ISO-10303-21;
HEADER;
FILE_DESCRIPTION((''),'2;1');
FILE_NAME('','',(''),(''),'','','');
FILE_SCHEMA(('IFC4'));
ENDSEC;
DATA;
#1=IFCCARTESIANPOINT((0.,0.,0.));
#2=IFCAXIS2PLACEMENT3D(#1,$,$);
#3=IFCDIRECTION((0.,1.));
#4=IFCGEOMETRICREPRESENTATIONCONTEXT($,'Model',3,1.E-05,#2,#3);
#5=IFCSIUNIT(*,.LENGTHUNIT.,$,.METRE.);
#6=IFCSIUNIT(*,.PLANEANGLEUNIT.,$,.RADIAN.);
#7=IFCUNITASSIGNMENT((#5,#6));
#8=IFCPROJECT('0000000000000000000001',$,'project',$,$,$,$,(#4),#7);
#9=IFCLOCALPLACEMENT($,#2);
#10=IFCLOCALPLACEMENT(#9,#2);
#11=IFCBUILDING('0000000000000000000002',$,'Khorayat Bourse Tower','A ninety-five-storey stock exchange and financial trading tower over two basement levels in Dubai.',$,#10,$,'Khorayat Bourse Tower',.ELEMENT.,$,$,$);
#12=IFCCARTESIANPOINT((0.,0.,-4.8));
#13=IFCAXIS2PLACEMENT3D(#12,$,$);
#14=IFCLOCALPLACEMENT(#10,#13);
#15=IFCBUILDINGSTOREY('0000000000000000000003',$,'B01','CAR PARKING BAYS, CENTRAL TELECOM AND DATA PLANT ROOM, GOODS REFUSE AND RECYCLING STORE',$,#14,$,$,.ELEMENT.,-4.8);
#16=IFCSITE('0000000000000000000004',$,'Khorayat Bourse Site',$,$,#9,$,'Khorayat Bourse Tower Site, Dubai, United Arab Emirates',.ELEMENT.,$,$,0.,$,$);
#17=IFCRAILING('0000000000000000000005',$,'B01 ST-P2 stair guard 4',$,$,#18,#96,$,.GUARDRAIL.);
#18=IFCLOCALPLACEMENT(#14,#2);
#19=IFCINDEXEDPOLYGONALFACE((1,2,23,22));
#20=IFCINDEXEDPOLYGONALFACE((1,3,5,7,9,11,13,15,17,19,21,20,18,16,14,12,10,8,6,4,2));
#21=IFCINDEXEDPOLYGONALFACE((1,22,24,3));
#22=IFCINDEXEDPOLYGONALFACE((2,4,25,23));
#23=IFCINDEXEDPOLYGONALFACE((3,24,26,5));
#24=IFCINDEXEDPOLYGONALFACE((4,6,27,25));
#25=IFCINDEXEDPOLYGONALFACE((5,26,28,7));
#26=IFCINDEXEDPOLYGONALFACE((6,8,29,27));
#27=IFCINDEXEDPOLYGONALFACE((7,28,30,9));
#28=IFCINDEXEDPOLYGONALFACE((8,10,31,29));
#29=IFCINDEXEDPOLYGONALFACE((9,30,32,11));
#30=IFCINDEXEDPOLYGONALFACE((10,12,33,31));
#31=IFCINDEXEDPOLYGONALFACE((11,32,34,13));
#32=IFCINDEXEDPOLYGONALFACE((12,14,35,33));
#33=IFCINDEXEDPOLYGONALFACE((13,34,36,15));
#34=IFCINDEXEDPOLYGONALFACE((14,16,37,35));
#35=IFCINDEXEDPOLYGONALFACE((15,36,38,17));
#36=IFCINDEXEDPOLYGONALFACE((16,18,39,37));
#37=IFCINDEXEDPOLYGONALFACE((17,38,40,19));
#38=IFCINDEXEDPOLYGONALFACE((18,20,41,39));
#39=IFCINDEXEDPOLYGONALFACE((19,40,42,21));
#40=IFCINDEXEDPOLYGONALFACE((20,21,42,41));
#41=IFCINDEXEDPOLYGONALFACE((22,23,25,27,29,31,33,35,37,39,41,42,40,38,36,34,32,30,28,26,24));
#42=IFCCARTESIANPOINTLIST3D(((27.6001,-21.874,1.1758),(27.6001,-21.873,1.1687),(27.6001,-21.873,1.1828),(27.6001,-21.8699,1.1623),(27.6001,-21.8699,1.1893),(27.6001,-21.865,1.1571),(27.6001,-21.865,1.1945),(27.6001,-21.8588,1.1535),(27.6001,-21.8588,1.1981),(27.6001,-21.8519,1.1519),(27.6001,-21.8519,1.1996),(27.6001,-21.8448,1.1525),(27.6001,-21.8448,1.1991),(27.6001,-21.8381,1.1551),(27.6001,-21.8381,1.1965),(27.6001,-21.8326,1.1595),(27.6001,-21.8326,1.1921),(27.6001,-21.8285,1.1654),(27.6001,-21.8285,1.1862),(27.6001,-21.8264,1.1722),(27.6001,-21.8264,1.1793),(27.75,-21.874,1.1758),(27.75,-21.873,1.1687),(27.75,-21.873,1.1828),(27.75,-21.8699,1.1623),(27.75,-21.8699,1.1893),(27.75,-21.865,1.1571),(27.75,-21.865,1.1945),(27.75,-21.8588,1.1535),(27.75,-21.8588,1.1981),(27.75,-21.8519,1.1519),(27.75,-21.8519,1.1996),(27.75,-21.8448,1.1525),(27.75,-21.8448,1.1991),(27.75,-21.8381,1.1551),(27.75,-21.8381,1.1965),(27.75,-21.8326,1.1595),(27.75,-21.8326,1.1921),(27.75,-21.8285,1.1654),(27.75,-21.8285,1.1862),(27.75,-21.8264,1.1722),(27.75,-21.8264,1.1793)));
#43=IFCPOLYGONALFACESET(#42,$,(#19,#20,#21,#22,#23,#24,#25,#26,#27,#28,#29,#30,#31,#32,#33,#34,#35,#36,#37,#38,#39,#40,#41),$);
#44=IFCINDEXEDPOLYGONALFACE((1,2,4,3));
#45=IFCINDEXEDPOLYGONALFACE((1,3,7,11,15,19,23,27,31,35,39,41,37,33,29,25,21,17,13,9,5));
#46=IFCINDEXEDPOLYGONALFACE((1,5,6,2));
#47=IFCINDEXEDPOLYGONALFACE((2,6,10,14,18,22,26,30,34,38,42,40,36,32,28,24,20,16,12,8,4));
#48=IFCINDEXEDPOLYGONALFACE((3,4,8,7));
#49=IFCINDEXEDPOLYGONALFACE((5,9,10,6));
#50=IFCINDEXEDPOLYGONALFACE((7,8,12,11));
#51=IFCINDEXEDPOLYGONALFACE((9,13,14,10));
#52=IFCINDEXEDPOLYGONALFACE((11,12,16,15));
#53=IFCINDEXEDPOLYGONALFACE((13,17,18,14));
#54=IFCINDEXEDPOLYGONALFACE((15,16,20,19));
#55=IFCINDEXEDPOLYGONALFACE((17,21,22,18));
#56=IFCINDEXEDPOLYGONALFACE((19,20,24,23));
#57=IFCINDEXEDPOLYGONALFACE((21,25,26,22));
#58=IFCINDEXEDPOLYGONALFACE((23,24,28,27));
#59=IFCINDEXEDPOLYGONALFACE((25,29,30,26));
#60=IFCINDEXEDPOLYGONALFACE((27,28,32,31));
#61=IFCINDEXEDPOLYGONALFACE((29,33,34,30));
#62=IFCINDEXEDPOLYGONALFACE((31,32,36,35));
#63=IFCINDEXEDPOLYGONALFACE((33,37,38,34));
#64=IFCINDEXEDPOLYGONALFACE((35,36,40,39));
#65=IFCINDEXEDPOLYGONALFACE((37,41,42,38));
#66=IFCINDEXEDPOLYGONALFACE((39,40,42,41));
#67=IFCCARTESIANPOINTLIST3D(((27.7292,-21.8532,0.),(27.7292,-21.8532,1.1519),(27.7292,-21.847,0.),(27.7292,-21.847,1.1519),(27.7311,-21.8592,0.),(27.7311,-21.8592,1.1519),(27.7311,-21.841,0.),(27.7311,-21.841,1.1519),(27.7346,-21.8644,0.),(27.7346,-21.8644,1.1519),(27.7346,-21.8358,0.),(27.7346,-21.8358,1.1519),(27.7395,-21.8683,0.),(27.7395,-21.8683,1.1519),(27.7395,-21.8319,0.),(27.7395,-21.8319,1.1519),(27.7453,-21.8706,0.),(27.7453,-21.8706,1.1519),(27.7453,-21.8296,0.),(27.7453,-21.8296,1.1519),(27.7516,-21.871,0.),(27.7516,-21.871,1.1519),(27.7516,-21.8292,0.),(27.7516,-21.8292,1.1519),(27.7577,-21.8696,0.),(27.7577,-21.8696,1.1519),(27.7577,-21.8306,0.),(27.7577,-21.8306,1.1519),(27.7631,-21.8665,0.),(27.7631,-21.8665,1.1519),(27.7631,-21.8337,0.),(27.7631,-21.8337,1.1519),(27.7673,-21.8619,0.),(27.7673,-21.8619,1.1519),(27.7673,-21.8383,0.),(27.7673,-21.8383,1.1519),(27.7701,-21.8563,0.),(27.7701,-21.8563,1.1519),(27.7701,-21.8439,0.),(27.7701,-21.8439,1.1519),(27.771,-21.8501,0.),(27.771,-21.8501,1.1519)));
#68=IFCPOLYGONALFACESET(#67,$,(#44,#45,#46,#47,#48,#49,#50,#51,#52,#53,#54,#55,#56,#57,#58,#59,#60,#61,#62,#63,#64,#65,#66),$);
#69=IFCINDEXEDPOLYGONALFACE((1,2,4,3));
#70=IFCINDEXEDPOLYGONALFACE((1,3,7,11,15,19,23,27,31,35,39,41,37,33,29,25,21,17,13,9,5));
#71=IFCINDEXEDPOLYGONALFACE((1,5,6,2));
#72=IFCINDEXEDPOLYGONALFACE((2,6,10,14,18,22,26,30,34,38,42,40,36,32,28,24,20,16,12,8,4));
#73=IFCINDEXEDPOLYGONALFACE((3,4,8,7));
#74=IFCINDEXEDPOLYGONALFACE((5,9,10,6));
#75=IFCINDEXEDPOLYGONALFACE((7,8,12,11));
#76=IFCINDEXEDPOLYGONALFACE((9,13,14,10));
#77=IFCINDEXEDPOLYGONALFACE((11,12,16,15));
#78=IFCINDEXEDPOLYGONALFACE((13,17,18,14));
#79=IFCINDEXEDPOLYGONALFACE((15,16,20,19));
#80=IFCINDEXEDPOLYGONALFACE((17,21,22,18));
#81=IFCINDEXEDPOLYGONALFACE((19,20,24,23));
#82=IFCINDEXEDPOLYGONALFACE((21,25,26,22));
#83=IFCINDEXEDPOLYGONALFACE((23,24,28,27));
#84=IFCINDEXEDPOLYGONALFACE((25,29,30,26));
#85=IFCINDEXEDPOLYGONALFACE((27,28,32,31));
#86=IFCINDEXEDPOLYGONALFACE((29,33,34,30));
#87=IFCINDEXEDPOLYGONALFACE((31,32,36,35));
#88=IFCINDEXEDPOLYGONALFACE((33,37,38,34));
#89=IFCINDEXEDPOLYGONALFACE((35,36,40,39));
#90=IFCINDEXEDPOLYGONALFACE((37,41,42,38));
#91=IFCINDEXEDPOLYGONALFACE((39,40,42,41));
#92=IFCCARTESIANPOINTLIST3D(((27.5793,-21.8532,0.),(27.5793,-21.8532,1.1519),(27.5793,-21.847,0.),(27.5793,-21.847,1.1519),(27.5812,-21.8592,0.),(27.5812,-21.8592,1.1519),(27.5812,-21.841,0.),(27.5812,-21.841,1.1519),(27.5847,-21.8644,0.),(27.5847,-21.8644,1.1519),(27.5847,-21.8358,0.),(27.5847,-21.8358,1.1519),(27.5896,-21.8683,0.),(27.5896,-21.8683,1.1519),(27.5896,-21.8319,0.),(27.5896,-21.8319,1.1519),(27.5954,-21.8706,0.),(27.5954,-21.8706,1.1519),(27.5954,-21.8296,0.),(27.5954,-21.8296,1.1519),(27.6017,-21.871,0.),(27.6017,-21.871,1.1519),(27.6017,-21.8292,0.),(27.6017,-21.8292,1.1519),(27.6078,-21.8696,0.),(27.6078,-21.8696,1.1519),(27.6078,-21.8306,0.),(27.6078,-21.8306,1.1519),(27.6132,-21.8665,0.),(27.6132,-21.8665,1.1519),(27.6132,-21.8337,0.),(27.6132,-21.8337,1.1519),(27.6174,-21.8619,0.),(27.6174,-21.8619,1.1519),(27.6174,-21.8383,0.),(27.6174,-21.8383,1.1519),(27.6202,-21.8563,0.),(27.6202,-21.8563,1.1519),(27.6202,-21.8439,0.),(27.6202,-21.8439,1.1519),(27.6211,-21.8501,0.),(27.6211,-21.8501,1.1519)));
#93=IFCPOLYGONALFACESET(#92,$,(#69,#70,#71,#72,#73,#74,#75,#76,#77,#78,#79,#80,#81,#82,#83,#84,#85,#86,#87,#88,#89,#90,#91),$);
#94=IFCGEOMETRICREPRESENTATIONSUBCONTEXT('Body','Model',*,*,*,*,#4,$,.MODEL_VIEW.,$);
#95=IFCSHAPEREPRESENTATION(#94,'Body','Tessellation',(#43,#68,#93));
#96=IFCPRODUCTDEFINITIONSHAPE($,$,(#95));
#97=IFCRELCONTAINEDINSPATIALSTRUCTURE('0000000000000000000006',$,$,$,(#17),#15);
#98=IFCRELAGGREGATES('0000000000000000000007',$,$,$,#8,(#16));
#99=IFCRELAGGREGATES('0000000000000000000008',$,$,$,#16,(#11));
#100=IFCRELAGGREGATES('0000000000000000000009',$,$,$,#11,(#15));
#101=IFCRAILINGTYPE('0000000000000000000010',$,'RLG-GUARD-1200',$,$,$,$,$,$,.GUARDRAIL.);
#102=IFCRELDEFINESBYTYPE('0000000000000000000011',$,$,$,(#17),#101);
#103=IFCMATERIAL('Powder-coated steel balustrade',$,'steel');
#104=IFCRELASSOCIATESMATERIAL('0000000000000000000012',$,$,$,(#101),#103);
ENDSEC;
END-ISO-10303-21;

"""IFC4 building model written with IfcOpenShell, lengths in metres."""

from ifc_helpers import new_model, si_unit, direction, frame, origin, origin_2d, place, context, subcontext, project, spatial, circle, extrude, source, transform, mapped, material, type_object, element, save


model = new_model("IFC4")

# Units and contexts
model_context = context("Model", 3, precision=1e-05, world=origin(), true_north=direction((0.0, 1.0)))
body_context = subcontext(model_context, "Body", "Model", "MODEL_VIEW")
ifc_project = project(units=[si_unit("LENGTHUNIT", "METRE"), si_unit("PLANEANGLEUNIT", "RADIAN")], contexts=[model_context])

# Site, building, storey
site_placement = place(None, origin())
site = spatial("IfcSite", under=ifc_project, at=site_placement, Name="Khorayat Bourse Site", LongName="Khorayat Bourse Tower Site, Dubai, United Arab Emirates", CompositionType="ELEMENT", RefElevation=0.0)
building_placement = place(site_placement, origin())
building = spatial("IfcBuilding", under=site, at=building_placement, Name="Khorayat Bourse Tower", Description="A ninety-five-storey stock exchange and financial trading tower over two basement levels in Dubai.", LongName="Khorayat Bourse Tower", CompositionType="ELEMENT")
storey_placement = place(building_placement, frame((0.0, 0.0, -4.8)))
storey = spatial("IfcBuildingStorey", under=building, at=storey_placement, Name="B01", Description="CAR PARKING BAYS, CENTRAL TELECOM AND DATA PLANT ROOM, GOODS REFUSE AND RECYCLING STORE", CompositionType="ELEMENT", Elevation=-4.8)

# Railing
ifc_material_1 = material(Name="Powder-coated steel balustrade", Category="steel")
railing_type_1 = type_object("IfcRailingType", Name="RLG-GUARD-1200", PredefinedType="GUARDRAIL", material=ifc_material_1)
shared_shape_1 = source(origin(), body_context, "Body", "SweptSolid", [
    extrude(circle(Radius=0.0239, at=origin_2d()), frame((0.0, 0.0, 1.1758), z_axis=(-1.0, 0.0, 0.0), x_axis=(0.0, -1.0, 0.0)), (0.0, 0.0, 1.0), 0.1499),
    extrude(circle(Radius=0.021, at=origin_2d()), origin(), (0.0, 0.0, 1.0), 1.1519),
    extrude(circle(Radius=0.021, at=origin_2d()), frame((-0.1499, 0.0, 0.0)), (0.0, 0.0, 1.0), 1.1519),
])
for number, where, name in (
    (1, (27.75, -21.8501, 0.0), "B01 ST-P2 stair guard 4"),
):
    element("IfcRailing", number, at=place(storey_placement, frame(where)), inside=storey, type_object=railing_type_1, Name=name, PredefinedType="GUARDRAIL", context=body_context, shape_type="MappedRepresentation", body=[
        mapped(shared_shape_1, transform((0.0, 0.0, 0.0), scale=1.0)),
    ])

save(model, "model.ifc")
